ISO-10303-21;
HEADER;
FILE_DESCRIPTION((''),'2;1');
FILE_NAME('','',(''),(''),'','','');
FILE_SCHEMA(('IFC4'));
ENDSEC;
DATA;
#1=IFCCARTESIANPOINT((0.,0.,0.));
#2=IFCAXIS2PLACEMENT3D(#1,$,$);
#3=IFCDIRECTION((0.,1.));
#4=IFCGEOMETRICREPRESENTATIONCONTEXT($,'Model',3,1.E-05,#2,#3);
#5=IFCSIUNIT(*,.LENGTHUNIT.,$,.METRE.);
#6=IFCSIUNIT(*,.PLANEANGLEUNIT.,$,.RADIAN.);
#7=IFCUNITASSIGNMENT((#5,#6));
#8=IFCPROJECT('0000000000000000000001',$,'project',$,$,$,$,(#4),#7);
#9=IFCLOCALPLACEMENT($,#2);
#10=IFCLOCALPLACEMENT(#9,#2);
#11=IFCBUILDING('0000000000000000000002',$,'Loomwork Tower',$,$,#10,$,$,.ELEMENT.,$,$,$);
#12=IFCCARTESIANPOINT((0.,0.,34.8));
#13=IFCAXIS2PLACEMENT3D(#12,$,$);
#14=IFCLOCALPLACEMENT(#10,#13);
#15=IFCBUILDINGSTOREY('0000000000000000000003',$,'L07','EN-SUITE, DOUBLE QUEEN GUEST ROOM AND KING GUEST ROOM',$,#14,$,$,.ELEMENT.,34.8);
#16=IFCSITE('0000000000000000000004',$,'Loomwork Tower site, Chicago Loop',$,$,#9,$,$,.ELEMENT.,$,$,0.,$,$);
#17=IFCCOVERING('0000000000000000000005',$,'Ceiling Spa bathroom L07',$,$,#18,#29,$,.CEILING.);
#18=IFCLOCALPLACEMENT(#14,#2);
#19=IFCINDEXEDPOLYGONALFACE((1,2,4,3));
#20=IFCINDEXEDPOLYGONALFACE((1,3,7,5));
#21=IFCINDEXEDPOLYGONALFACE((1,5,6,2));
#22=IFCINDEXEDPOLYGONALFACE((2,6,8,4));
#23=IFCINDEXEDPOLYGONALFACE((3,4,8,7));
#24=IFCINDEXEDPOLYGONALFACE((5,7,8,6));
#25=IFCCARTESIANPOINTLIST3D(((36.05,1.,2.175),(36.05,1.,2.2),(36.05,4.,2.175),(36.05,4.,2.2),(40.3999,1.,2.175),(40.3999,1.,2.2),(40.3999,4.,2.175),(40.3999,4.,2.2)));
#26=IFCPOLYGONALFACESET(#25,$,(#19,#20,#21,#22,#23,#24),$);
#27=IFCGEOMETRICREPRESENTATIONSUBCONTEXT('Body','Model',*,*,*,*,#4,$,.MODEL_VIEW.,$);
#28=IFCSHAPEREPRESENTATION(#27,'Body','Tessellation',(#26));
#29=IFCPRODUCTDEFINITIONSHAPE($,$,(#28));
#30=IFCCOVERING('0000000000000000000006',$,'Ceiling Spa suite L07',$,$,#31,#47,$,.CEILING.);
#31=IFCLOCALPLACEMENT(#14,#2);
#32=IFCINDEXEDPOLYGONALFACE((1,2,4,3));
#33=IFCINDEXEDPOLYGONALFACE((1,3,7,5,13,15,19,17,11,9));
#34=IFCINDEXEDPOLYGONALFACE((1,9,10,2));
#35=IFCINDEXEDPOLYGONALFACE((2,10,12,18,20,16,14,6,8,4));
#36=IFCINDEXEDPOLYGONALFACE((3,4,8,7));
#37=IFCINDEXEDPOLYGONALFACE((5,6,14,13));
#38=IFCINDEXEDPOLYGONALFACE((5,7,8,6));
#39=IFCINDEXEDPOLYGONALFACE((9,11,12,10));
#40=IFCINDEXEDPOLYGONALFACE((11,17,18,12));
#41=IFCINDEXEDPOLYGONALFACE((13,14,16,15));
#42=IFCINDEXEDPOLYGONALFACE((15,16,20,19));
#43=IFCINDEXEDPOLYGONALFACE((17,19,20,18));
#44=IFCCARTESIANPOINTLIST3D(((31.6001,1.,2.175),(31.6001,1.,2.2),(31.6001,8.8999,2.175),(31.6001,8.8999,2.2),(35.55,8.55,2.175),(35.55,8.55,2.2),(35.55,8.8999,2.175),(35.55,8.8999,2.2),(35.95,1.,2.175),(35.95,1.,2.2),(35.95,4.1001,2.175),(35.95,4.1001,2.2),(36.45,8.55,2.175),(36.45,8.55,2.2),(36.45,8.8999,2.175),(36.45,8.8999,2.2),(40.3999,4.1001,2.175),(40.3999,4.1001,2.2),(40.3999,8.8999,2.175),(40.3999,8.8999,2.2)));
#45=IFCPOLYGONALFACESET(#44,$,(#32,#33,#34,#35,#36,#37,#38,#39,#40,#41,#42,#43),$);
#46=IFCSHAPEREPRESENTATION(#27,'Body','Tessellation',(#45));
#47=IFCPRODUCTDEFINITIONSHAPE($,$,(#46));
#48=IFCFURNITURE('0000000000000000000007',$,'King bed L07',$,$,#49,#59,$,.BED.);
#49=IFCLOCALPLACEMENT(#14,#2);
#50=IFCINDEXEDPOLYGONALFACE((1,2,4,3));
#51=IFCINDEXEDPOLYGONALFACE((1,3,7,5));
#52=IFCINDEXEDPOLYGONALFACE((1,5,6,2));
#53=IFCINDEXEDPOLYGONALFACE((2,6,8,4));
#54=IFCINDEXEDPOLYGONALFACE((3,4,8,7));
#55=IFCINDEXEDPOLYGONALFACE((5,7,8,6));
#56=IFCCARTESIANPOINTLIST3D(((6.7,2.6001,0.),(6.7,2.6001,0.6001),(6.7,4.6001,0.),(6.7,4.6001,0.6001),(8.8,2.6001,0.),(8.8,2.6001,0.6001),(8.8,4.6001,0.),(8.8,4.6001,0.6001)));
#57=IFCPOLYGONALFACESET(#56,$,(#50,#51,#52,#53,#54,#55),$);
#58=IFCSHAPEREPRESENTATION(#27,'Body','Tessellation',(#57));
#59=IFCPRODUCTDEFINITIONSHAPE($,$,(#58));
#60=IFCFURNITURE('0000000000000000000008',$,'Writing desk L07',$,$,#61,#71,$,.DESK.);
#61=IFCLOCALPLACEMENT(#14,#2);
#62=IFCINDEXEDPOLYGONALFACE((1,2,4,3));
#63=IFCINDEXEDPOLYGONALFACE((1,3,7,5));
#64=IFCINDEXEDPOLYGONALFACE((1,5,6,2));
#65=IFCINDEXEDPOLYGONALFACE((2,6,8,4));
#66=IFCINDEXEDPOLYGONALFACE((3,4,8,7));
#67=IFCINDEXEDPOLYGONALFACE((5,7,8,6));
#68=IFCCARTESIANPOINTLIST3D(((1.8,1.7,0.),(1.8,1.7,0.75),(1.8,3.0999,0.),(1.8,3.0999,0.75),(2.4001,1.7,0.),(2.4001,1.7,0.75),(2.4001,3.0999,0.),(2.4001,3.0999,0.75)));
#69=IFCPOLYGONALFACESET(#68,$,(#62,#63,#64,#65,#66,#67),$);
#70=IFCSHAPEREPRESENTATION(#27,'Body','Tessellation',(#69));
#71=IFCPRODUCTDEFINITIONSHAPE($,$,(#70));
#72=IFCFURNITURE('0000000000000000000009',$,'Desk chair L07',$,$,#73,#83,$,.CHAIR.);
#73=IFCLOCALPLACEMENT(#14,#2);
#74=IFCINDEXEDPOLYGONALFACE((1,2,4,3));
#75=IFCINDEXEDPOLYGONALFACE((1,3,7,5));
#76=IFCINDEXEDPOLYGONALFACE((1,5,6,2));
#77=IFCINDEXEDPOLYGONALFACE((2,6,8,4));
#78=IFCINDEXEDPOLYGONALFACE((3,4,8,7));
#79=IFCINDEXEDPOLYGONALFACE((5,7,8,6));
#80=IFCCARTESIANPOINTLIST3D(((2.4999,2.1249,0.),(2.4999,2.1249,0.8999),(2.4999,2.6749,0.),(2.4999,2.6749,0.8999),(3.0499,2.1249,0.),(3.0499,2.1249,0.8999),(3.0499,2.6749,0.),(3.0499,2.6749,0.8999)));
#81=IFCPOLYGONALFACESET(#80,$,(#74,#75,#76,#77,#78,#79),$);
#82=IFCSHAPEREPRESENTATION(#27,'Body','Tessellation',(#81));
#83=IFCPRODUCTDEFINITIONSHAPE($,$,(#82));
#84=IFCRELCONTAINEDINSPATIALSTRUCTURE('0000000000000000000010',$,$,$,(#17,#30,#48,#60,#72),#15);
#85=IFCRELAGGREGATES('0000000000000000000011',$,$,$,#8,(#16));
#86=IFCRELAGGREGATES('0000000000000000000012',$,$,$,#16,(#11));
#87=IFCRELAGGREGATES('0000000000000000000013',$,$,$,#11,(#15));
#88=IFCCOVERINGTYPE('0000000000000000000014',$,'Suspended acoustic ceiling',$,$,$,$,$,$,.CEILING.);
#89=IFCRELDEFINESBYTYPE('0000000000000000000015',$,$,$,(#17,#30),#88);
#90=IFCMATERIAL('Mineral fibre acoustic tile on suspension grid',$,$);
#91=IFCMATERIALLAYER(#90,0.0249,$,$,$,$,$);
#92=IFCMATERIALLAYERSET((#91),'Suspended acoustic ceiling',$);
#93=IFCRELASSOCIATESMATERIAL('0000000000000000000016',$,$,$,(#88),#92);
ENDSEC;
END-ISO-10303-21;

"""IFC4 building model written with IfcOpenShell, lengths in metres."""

from ifc_helpers import new_model, si_unit, direction, frame, origin, origin_2d, place, context, subcontext, project, spatial, polyline, rectangle, outline, extrude, material, layer, layer_set, type_object, element, save


model = new_model("IFC4")

# Units and contexts
model_context = context("Model", 3, precision=1e-05, world=origin(), true_north=direction((0.0, 1.0)))
body_context = subcontext(model_context, "Body", "Model", "MODEL_VIEW")
ifc_project = project(units=[si_unit("LENGTHUNIT", "METRE"), si_unit("PLANEANGLEUNIT", "RADIAN")], contexts=[model_context])

# Site, building, storey
site_placement = place(None, origin())
site = spatial("IfcSite", under=ifc_project, at=site_placement, Name="Loomwork Tower site, Chicago Loop", CompositionType="ELEMENT", RefElevation=0.0)
building_placement = place(site_placement, origin())
building = spatial("IfcBuilding", under=site, at=building_placement, Name="Loomwork Tower", CompositionType="ELEMENT")
storey_placement = place(building_placement, frame((0.0, 0.0, 34.8)))
storey = spatial("IfcBuildingStorey", under=building, at=storey_placement, Name="L07", Description="EN-SUITE, DOUBLE QUEEN GUEST ROOM AND KING GUEST ROOM", CompositionType="ELEMENT", Elevation=34.8)

# Coverings
ifc_material_1 = material(Name="Mineral fibre acoustic tile on suspension grid")
ifc_layer_1 = layer(ifc_material_1, 0.0249)
ifc_layer_set_1 = layer_set([ifc_layer_1], Name="Suspended acoustic ceiling")
covering_type_1 = type_object("IfcCoveringType", Name="Suspended acoustic ceiling", PredefinedType="CEILING", material=ifc_layer_set_1)
covering_1_placement = place(storey_placement, frame((0.0, 0.0, 2.175)))
element("IfcCovering", 1, at=covering_1_placement, inside=storey, type_object=covering_type_1, Name="Ceiling Spa bathroom L07", PredefinedType="CEILING", context=body_context, shape_type="SweptSolid", body=[
    extrude(outline(polyline([(40.3999, 4.0), (40.3999, 1.0), (36.05, 1.0), (36.05, 4.0), (40.3999, 4.0)])), origin(), (0.0, 0.0, 1.0), 0.0249),
])
covering_2_placement = place(storey_placement, frame((0.0, 0.0, 2.175)))
element("IfcCovering", 2, at=covering_2_placement, inside=storey, type_object=covering_type_1, Name="Ceiling Spa suite L07", PredefinedType="CEILING", context=body_context, shape_type="SweptSolid", body=[
    extrude(outline(polyline([(35.55, 8.8999), (35.55, 8.55), (36.45, 8.55), (36.45, 8.8999), (40.3999, 8.8999), (40.3999, 4.1001), (35.95, 4.1001), (35.95, 1.0), (31.6001, 1.0), (31.6001, 8.8999), (35.55, 8.8999)])), origin(), (0.0, 0.0, 1.0), 0.0249),
])

# Furniture
furniture_1_placement = place(storey_placement, frame((7.75, 3.6001, 0.0), z_axis=(0.0, 0.0, 1.0), x_axis=(1.0, 0.0, 0.0)))
element("IfcFurniture", 3, at=furniture_1_placement, inside=storey, Name="King bed L07", PredefinedType="BED", context=body_context, shape_type="SweptSolid", body=[
    extrude(rectangle(XDim=2.1001, YDim=2.0, at=origin_2d()), origin(), (0.0, 0.0, 1.0), 0.6001),
])
furniture_2_placement = place(storey_placement, frame((2.1001, 2.3999, 0.0), z_axis=(0.0, 0.0, 1.0), x_axis=(1.0, 0.0, 0.0)))
element("IfcFurniture", 4, at=furniture_2_placement, inside=storey, Name="Writing desk L07", PredefinedType="DESK", context=body_context, shape_type="SweptSolid", body=[
    extrude(rectangle(XDim=0.6001, YDim=1.3999, at=origin_2d()), origin(), (0.0, 0.0, 1.0), 0.75),
])
furniture_3_placement = place(storey_placement, frame((2.7749, 2.3999, 0.0), z_axis=(0.0, 0.0, 1.0), x_axis=(1.0, 0.0, 0.0)))
element("IfcFurniture", 5, at=furniture_3_placement, inside=storey, Name="Desk chair L07", PredefinedType="CHAIR", context=body_context, shape_type="SweptSolid", body=[
    extrude(rectangle(XDim=0.55, YDim=0.55, at=origin_2d()), origin(), (0.0, 0.0, 1.0), 0.8999),
])

save(model, "model.ifc")
